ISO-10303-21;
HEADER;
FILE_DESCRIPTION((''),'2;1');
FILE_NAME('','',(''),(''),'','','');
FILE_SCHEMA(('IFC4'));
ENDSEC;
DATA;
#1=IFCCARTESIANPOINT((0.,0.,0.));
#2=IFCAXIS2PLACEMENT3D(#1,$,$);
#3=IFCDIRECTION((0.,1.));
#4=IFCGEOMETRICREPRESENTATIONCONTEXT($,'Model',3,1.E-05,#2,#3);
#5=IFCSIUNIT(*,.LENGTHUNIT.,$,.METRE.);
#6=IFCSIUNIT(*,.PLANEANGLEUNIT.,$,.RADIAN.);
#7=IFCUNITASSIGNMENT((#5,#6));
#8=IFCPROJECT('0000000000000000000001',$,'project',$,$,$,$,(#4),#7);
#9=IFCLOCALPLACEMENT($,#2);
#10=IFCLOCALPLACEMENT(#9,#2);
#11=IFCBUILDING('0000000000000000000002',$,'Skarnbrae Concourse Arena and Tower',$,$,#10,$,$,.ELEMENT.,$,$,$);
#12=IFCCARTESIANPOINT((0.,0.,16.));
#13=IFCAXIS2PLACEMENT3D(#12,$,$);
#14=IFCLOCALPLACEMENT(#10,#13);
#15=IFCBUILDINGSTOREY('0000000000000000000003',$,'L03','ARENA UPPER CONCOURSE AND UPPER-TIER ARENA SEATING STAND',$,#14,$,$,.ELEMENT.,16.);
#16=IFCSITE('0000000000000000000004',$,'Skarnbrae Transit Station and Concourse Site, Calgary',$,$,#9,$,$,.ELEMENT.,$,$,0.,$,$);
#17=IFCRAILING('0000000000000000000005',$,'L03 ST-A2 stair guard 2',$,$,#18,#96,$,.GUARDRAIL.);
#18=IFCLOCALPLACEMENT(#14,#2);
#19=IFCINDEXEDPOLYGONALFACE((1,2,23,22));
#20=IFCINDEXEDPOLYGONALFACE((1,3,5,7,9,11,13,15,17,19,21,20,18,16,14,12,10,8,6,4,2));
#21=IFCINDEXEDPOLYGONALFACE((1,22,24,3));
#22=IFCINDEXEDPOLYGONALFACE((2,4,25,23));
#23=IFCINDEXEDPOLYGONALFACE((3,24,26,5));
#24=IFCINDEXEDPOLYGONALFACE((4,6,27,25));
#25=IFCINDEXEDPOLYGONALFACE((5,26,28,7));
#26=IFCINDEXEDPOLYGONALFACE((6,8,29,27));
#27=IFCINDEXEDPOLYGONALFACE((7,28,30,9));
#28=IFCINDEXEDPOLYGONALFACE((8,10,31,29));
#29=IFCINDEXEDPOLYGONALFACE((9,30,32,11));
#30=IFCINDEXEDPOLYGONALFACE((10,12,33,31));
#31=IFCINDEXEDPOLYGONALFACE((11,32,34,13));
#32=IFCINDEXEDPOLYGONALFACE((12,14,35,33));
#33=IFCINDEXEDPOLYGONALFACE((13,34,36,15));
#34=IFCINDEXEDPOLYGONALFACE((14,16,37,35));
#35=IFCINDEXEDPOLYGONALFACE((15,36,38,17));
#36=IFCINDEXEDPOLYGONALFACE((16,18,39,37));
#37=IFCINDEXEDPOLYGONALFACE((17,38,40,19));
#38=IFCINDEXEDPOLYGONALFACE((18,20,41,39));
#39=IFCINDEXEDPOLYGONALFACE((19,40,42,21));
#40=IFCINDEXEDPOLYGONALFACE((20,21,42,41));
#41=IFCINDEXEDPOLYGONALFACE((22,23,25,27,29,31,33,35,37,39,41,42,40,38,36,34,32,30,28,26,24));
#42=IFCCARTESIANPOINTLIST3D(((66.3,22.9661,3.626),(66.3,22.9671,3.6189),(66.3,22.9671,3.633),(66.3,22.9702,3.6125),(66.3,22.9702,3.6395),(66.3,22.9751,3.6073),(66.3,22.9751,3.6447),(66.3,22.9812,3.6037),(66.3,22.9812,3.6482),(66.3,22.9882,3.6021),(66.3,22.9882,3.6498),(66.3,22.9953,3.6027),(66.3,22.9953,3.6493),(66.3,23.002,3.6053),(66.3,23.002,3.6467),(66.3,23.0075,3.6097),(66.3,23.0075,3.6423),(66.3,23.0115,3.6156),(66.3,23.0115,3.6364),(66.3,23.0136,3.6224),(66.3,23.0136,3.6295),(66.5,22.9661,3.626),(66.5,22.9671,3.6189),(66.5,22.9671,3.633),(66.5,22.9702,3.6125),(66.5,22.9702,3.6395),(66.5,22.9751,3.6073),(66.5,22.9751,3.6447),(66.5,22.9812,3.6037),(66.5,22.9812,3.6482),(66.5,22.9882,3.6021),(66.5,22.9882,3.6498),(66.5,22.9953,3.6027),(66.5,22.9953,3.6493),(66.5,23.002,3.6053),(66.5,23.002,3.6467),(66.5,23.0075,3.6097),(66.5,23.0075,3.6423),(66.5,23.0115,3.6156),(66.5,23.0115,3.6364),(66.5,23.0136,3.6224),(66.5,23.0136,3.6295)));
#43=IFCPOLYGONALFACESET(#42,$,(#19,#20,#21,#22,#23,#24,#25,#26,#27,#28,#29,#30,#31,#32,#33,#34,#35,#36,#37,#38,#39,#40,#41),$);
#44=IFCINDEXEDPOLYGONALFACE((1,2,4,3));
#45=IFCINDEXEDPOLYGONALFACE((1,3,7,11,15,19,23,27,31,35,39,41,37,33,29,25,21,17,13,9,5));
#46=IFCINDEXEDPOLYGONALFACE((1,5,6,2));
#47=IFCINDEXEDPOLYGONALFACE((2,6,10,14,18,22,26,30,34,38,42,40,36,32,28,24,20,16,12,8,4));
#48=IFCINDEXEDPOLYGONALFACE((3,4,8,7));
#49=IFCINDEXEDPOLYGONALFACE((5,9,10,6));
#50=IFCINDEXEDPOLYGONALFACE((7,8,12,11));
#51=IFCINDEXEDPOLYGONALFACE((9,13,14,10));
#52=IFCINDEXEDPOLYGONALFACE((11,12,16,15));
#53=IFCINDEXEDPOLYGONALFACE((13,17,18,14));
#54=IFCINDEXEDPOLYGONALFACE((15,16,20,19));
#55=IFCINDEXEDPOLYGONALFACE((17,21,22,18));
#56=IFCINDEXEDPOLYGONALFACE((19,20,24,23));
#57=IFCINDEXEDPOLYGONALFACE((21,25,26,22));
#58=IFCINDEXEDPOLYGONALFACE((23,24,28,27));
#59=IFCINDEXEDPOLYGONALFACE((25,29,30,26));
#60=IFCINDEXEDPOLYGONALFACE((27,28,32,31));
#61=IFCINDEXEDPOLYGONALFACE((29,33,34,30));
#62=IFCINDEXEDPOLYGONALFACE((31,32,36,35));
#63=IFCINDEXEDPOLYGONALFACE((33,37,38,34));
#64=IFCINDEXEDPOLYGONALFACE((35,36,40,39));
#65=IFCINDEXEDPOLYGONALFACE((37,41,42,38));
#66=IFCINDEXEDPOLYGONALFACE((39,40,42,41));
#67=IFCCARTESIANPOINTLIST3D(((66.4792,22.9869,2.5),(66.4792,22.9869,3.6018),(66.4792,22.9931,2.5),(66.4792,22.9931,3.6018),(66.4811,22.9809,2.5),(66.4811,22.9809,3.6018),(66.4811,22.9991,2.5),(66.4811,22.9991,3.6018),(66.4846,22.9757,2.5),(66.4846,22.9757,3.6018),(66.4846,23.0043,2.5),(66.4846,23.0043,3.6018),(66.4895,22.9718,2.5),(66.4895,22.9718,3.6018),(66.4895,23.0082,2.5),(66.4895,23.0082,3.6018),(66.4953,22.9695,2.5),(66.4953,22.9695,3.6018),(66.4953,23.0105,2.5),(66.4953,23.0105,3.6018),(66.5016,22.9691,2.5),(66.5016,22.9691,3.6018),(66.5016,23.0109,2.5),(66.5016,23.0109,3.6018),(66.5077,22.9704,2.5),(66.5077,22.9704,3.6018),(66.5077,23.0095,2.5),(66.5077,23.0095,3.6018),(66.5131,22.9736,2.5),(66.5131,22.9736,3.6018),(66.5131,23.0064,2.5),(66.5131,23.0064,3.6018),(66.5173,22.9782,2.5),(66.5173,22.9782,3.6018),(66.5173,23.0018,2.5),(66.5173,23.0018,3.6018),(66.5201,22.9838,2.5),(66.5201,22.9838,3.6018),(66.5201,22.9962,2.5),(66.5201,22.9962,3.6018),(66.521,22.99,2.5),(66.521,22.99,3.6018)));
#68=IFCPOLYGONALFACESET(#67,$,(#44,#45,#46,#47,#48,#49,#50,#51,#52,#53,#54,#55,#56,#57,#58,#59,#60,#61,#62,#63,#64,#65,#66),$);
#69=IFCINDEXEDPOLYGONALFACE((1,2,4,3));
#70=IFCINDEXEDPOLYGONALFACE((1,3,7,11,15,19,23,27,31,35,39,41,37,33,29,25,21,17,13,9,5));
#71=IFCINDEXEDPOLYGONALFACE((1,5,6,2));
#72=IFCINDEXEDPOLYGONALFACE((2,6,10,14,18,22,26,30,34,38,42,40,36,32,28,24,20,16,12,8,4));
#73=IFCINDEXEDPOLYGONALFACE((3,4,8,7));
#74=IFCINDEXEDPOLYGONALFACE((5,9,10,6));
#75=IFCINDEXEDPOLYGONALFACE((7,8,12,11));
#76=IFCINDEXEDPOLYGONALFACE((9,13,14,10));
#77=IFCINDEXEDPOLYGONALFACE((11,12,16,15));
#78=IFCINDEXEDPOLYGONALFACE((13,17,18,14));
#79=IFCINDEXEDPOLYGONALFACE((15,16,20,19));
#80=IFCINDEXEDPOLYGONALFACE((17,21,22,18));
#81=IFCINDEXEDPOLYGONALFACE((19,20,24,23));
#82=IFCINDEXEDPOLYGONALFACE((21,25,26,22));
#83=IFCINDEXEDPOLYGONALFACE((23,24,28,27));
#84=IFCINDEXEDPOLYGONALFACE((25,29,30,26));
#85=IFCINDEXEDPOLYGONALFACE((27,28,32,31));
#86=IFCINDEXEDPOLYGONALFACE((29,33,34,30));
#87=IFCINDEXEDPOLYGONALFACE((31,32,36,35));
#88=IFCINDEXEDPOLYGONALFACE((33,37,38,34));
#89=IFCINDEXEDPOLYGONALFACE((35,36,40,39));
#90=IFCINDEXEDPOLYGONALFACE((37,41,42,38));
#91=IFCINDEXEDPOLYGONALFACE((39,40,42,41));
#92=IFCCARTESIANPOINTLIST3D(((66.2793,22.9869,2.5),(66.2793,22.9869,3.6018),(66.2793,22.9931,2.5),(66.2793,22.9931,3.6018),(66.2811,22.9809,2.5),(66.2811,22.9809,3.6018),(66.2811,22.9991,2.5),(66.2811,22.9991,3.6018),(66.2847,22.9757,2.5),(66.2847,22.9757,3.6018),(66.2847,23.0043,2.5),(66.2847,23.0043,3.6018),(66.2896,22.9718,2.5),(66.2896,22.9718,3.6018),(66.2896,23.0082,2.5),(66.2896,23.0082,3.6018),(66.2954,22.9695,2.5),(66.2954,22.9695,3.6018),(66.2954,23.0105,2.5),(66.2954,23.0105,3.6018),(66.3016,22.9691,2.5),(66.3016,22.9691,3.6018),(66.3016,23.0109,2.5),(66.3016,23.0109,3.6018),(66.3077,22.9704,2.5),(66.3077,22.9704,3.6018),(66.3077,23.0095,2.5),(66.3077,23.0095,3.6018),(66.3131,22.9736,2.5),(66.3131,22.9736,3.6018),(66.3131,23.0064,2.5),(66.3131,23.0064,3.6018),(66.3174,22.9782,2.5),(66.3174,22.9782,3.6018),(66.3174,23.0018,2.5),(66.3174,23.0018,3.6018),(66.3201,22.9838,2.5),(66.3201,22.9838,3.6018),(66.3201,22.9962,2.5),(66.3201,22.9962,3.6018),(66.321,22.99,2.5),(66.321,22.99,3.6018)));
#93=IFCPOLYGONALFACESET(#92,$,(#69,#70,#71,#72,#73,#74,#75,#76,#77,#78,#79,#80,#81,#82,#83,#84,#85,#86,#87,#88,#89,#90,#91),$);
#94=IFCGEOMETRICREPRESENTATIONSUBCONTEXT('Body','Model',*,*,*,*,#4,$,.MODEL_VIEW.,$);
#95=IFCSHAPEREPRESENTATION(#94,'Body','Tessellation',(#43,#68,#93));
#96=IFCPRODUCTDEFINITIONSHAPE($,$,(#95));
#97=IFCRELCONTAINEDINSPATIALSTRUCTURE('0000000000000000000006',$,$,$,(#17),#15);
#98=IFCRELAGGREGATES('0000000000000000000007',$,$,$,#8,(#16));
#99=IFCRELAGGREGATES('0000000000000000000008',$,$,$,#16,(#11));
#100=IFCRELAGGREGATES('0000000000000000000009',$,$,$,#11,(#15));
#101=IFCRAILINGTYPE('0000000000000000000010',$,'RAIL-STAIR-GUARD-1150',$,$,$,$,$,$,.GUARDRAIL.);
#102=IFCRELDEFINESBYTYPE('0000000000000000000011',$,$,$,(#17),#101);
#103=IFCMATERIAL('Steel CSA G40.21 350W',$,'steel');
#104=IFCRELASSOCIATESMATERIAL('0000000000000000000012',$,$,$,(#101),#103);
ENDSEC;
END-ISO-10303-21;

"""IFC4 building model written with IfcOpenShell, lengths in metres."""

from ifc_helpers import new_model, si_unit, direction, frame, origin, origin_2d, place, context, subcontext, project, spatial, circle, extrude, material, type_object, element, save


model = new_model("IFC4")

# Units and contexts
model_context = context("Model", 3, precision=1e-05, world=origin(), true_north=direction((0.0, 1.0)))
body_context = subcontext(model_context, "Body", "Model", "MODEL_VIEW")
ifc_project = project(units=[si_unit("LENGTHUNIT", "METRE"), si_unit("PLANEANGLEUNIT", "RADIAN")], contexts=[model_context])

# Site, building, storey
site_placement = place(None, origin())
site = spatial("IfcSite", under=ifc_project, at=site_placement, Name="Skarnbrae Transit Station and Concourse Site, Calgary", CompositionType="ELEMENT", RefElevation=0.0)
building_placement = place(site_placement, origin())
building = spatial("IfcBuilding", under=site, at=building_placement, Name="Skarnbrae Concourse Arena and Tower", CompositionType="ELEMENT")
storey_placement = place(building_placement, frame((0.0, 0.0, 16.0)))
storey = spatial("IfcBuildingStorey", under=building, at=storey_placement, Name="L03", Description="ARENA UPPER CONCOURSE AND UPPER-TIER ARENA SEATING STAND", CompositionType="ELEMENT", Elevation=16.0)

# Shared definitions
ifc_material_1 = material(Name="Steel CSA G40.21 350W", Category="steel")

# Railing
railing_type_1 = type_object("IfcRailingType", Name="RAIL-STAIR-GUARD-1150", PredefinedType="GUARDRAIL", material=ifc_material_1)
railing_1_placement = place(storey_placement, frame((66.5, 22.99, 2.5)))
element("IfcRailing", 1, at=railing_1_placement, inside=storey, type_object=railing_type_1, Name="L03 ST-A2 stair guard 2", PredefinedType="GUARDRAIL", context=body_context, shape_type="SweptSolid", body=[
    extrude(circle(Radius=0.0239, at=origin_2d()), frame((0.0, 0.0, 1.126), z_axis=(-1.0, 0.0, 0.0), x_axis=(0.0, -1.0, 0.0)), (0.0, 0.0, 1.0), 0.2),
    extrude(circle(Radius=0.021, at=origin_2d()), origin(), (0.0, 0.0, 1.0), 1.1018),
    extrude(circle(Radius=0.021, at=origin_2d()), frame((-0.2, 0.0, 0.0)), (0.0, 0.0, 1.0), 1.1018),
])

save(model, "model.ifc")
